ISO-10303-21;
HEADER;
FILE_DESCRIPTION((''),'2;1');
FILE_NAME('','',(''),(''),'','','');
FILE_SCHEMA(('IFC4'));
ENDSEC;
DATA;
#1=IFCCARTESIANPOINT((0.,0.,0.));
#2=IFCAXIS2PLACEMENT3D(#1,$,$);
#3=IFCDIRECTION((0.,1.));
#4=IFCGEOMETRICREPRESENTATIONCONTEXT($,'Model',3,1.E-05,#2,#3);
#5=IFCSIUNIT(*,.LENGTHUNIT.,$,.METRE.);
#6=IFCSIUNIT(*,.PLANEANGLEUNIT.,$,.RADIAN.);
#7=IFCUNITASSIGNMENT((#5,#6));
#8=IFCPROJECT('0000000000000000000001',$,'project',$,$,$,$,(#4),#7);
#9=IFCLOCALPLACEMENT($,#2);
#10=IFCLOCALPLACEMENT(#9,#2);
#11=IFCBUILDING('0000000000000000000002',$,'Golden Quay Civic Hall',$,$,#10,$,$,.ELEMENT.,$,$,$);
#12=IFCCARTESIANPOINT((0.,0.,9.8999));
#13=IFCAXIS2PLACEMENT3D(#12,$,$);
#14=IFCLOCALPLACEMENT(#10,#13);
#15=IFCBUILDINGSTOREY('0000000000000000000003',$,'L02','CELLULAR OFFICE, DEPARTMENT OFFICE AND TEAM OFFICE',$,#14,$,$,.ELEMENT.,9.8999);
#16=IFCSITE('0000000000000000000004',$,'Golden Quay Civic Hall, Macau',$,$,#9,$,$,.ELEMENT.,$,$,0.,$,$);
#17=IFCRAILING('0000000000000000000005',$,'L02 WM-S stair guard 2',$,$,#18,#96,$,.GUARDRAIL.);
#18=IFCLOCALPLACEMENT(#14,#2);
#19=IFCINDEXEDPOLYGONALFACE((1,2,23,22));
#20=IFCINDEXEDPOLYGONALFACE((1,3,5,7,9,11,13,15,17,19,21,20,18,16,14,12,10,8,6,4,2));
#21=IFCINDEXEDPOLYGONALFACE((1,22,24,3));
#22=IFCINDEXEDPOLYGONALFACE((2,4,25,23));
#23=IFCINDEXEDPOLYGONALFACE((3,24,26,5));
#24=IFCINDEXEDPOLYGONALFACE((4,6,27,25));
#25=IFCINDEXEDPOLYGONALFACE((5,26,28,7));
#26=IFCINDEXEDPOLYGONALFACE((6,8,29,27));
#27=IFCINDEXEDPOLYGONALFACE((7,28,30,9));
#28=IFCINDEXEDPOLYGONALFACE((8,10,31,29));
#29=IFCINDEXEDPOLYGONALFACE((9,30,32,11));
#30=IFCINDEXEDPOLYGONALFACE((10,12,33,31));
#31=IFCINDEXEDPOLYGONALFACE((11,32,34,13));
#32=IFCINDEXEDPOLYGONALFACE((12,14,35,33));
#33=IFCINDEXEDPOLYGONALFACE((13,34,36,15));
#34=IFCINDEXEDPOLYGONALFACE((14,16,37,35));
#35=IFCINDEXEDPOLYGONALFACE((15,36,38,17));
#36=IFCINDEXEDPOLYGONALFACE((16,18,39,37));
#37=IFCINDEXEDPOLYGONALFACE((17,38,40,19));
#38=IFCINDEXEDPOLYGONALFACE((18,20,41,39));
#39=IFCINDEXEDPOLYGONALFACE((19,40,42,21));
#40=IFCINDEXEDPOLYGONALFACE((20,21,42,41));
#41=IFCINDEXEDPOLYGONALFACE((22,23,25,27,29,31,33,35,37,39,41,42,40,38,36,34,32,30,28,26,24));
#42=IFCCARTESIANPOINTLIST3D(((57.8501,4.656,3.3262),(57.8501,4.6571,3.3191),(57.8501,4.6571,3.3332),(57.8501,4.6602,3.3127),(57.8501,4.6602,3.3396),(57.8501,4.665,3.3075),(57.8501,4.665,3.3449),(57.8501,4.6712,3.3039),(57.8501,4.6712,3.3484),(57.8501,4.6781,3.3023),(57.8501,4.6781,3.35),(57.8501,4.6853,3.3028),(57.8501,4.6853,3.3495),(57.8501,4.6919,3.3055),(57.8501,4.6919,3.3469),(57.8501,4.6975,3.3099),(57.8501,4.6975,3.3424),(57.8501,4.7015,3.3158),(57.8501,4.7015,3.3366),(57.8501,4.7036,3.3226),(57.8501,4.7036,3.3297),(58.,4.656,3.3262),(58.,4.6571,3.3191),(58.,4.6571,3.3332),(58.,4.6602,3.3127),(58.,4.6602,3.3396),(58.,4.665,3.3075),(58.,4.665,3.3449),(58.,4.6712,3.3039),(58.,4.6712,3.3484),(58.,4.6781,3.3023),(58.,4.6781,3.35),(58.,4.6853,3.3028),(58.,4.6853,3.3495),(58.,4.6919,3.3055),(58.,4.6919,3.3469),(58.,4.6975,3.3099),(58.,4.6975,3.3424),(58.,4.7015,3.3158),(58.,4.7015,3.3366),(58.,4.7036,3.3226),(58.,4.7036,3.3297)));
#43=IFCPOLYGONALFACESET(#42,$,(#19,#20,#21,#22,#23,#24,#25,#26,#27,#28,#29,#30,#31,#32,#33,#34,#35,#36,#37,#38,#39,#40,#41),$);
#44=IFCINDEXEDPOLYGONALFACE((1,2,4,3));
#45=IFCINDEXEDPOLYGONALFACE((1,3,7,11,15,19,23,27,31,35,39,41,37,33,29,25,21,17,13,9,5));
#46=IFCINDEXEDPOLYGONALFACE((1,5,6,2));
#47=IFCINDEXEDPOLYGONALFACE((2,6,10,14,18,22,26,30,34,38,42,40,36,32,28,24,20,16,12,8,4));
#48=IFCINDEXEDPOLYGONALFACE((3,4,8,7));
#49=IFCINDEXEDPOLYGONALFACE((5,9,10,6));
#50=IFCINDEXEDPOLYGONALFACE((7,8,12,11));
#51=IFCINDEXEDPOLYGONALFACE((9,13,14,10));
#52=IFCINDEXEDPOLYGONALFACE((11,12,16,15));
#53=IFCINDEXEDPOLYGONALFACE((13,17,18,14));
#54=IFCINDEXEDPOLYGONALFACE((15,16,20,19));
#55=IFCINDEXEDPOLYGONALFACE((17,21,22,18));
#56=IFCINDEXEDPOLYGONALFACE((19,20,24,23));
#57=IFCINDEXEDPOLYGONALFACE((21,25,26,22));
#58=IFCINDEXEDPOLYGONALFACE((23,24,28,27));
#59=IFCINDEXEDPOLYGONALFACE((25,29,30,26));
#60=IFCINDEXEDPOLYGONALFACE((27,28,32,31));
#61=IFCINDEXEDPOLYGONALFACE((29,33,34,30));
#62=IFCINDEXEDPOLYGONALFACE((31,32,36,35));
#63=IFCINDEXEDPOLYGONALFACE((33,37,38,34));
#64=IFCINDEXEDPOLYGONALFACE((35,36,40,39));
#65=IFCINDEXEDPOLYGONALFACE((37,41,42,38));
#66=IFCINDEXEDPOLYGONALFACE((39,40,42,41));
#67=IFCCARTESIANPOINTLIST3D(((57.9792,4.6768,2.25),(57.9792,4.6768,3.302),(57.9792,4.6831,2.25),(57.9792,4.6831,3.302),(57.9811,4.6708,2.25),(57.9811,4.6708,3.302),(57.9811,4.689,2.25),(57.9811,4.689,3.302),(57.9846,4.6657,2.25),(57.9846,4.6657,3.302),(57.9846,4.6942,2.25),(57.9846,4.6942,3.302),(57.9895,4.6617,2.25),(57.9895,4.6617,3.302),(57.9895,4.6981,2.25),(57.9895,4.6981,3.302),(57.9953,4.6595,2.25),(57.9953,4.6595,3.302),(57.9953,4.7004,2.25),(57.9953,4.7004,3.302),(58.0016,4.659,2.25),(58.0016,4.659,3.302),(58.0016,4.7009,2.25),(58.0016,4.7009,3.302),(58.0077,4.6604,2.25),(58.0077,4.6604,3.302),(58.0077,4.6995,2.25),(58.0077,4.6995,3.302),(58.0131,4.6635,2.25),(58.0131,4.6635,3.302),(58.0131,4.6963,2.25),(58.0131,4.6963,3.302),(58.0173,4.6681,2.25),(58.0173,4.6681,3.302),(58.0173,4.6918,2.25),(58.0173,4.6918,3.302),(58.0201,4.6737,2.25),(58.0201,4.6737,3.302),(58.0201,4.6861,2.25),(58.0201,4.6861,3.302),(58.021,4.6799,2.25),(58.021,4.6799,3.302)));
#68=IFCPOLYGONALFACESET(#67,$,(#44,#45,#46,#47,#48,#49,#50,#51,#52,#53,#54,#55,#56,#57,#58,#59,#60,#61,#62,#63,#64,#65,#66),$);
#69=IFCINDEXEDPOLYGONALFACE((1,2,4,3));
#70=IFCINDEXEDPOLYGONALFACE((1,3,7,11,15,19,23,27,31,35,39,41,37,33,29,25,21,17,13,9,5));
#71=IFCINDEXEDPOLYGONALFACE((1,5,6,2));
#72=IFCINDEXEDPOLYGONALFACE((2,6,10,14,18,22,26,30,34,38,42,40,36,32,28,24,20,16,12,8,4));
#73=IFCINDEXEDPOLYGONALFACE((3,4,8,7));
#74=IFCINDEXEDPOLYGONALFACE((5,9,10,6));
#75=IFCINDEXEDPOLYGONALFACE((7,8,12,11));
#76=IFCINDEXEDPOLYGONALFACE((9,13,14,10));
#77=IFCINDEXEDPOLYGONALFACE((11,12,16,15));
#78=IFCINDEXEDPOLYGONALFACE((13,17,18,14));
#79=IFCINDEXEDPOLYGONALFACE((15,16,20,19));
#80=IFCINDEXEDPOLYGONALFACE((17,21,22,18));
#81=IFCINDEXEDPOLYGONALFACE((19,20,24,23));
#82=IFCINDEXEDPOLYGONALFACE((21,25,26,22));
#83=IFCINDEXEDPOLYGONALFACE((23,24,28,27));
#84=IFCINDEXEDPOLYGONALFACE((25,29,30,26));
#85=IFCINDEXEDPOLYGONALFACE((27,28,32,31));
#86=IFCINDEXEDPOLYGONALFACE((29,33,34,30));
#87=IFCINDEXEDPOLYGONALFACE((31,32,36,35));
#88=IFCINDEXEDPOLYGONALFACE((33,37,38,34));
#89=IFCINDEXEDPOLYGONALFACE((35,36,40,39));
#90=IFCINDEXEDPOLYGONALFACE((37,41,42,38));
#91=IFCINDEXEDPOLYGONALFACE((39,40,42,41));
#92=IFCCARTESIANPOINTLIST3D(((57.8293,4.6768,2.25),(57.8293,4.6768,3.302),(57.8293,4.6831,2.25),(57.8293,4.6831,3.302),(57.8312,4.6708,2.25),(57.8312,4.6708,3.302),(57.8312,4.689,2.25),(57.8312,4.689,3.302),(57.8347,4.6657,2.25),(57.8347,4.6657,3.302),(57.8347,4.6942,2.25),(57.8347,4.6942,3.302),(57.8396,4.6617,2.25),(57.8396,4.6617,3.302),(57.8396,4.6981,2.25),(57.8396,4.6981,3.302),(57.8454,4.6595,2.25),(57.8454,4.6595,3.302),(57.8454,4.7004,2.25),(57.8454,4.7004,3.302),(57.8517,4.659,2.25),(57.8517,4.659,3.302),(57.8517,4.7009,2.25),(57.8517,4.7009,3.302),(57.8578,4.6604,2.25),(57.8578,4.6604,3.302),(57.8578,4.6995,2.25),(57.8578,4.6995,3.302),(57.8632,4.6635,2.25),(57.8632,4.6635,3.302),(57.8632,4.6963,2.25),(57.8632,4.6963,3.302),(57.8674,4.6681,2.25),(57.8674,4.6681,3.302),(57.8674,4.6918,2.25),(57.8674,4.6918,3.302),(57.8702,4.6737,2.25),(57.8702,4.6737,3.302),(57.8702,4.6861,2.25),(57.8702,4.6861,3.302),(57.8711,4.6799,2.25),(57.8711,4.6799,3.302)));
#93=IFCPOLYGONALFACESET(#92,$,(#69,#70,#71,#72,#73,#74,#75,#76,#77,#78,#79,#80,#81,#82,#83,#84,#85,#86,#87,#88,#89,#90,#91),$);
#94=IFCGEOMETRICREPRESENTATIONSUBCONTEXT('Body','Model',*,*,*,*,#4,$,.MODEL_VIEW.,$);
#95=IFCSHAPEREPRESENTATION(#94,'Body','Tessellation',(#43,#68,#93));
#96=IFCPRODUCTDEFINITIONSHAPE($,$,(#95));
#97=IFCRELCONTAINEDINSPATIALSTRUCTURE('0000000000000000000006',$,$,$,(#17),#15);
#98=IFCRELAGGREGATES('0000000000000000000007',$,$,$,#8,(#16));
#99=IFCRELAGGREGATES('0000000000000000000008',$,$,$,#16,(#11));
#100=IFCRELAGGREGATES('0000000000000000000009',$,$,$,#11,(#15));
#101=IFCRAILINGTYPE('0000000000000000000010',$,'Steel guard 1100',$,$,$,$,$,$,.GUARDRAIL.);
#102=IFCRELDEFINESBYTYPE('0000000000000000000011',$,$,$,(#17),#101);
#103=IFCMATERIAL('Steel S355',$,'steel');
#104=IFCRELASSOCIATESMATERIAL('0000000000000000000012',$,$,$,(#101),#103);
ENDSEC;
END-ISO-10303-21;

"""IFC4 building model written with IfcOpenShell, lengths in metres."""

from ifc_helpers import new_model, si_unit, direction, frame, origin, origin_2d, place, context, subcontext, project, spatial, circle, extrude, material, type_object, element, save


model = new_model("IFC4")

# Units and contexts
model_context = context("Model", 3, precision=1e-05, world=origin(), true_north=direction((0.0, 1.0)))
body_context = subcontext(model_context, "Body", "Model", "MODEL_VIEW")
ifc_project = project(units=[si_unit("LENGTHUNIT", "METRE"), si_unit("PLANEANGLEUNIT", "RADIAN")], contexts=[model_context])

# Site, building, storey
site_placement = place(None, origin())
site = spatial("IfcSite", under=ifc_project, at=site_placement, Name="Golden Quay Civic Hall, Macau", CompositionType="ELEMENT", RefElevation=0.0)
building_placement = place(site_placement, origin())
building = spatial("IfcBuilding", under=site, at=building_placement, Name="Golden Quay Civic Hall", CompositionType="ELEMENT")
storey_placement = place(building_placement, frame((0.0, 0.0, 9.8999)))
storey = spatial("IfcBuildingStorey", under=building, at=storey_placement, Name="L02", Description="CELLULAR OFFICE, DEPARTMENT OFFICE AND TEAM OFFICE", CompositionType="ELEMENT", Elevation=9.8999)

# Railing
ifc_material_1 = material(Name="Steel S355", Category="steel")
railing_type_1 = type_object("IfcRailingType", Name="Steel guard 1100", PredefinedType="GUARDRAIL", material=ifc_material_1)
railing_1_placement = place(storey_placement, frame((58.0, 4.6799, 2.25)))
element("IfcRailing", 1, at=railing_1_placement, inside=storey, type_object=railing_type_1, Name="L02 WM-S stair guard 2", PredefinedType="GUARDRAIL", context=body_context, shape_type="SweptSolid", body=[
    extrude(circle(Radius=0.0239, at=origin_2d()), frame((0.0, 0.0, 1.0762), z_axis=(-1.0, 0.0, 0.0), x_axis=(0.0, -1.0, 0.0)), (0.0, 0.0, 1.0), 0.1499),
    extrude(circle(Radius=0.021, at=origin_2d()), origin(), (0.0, 0.0, 1.0), 1.052),
    extrude(circle(Radius=0.021, at=origin_2d()), frame((-0.1499, 0.0, 0.0)), (0.0, 0.0, 1.0), 1.052),
])

save(model, "model.ifc")
